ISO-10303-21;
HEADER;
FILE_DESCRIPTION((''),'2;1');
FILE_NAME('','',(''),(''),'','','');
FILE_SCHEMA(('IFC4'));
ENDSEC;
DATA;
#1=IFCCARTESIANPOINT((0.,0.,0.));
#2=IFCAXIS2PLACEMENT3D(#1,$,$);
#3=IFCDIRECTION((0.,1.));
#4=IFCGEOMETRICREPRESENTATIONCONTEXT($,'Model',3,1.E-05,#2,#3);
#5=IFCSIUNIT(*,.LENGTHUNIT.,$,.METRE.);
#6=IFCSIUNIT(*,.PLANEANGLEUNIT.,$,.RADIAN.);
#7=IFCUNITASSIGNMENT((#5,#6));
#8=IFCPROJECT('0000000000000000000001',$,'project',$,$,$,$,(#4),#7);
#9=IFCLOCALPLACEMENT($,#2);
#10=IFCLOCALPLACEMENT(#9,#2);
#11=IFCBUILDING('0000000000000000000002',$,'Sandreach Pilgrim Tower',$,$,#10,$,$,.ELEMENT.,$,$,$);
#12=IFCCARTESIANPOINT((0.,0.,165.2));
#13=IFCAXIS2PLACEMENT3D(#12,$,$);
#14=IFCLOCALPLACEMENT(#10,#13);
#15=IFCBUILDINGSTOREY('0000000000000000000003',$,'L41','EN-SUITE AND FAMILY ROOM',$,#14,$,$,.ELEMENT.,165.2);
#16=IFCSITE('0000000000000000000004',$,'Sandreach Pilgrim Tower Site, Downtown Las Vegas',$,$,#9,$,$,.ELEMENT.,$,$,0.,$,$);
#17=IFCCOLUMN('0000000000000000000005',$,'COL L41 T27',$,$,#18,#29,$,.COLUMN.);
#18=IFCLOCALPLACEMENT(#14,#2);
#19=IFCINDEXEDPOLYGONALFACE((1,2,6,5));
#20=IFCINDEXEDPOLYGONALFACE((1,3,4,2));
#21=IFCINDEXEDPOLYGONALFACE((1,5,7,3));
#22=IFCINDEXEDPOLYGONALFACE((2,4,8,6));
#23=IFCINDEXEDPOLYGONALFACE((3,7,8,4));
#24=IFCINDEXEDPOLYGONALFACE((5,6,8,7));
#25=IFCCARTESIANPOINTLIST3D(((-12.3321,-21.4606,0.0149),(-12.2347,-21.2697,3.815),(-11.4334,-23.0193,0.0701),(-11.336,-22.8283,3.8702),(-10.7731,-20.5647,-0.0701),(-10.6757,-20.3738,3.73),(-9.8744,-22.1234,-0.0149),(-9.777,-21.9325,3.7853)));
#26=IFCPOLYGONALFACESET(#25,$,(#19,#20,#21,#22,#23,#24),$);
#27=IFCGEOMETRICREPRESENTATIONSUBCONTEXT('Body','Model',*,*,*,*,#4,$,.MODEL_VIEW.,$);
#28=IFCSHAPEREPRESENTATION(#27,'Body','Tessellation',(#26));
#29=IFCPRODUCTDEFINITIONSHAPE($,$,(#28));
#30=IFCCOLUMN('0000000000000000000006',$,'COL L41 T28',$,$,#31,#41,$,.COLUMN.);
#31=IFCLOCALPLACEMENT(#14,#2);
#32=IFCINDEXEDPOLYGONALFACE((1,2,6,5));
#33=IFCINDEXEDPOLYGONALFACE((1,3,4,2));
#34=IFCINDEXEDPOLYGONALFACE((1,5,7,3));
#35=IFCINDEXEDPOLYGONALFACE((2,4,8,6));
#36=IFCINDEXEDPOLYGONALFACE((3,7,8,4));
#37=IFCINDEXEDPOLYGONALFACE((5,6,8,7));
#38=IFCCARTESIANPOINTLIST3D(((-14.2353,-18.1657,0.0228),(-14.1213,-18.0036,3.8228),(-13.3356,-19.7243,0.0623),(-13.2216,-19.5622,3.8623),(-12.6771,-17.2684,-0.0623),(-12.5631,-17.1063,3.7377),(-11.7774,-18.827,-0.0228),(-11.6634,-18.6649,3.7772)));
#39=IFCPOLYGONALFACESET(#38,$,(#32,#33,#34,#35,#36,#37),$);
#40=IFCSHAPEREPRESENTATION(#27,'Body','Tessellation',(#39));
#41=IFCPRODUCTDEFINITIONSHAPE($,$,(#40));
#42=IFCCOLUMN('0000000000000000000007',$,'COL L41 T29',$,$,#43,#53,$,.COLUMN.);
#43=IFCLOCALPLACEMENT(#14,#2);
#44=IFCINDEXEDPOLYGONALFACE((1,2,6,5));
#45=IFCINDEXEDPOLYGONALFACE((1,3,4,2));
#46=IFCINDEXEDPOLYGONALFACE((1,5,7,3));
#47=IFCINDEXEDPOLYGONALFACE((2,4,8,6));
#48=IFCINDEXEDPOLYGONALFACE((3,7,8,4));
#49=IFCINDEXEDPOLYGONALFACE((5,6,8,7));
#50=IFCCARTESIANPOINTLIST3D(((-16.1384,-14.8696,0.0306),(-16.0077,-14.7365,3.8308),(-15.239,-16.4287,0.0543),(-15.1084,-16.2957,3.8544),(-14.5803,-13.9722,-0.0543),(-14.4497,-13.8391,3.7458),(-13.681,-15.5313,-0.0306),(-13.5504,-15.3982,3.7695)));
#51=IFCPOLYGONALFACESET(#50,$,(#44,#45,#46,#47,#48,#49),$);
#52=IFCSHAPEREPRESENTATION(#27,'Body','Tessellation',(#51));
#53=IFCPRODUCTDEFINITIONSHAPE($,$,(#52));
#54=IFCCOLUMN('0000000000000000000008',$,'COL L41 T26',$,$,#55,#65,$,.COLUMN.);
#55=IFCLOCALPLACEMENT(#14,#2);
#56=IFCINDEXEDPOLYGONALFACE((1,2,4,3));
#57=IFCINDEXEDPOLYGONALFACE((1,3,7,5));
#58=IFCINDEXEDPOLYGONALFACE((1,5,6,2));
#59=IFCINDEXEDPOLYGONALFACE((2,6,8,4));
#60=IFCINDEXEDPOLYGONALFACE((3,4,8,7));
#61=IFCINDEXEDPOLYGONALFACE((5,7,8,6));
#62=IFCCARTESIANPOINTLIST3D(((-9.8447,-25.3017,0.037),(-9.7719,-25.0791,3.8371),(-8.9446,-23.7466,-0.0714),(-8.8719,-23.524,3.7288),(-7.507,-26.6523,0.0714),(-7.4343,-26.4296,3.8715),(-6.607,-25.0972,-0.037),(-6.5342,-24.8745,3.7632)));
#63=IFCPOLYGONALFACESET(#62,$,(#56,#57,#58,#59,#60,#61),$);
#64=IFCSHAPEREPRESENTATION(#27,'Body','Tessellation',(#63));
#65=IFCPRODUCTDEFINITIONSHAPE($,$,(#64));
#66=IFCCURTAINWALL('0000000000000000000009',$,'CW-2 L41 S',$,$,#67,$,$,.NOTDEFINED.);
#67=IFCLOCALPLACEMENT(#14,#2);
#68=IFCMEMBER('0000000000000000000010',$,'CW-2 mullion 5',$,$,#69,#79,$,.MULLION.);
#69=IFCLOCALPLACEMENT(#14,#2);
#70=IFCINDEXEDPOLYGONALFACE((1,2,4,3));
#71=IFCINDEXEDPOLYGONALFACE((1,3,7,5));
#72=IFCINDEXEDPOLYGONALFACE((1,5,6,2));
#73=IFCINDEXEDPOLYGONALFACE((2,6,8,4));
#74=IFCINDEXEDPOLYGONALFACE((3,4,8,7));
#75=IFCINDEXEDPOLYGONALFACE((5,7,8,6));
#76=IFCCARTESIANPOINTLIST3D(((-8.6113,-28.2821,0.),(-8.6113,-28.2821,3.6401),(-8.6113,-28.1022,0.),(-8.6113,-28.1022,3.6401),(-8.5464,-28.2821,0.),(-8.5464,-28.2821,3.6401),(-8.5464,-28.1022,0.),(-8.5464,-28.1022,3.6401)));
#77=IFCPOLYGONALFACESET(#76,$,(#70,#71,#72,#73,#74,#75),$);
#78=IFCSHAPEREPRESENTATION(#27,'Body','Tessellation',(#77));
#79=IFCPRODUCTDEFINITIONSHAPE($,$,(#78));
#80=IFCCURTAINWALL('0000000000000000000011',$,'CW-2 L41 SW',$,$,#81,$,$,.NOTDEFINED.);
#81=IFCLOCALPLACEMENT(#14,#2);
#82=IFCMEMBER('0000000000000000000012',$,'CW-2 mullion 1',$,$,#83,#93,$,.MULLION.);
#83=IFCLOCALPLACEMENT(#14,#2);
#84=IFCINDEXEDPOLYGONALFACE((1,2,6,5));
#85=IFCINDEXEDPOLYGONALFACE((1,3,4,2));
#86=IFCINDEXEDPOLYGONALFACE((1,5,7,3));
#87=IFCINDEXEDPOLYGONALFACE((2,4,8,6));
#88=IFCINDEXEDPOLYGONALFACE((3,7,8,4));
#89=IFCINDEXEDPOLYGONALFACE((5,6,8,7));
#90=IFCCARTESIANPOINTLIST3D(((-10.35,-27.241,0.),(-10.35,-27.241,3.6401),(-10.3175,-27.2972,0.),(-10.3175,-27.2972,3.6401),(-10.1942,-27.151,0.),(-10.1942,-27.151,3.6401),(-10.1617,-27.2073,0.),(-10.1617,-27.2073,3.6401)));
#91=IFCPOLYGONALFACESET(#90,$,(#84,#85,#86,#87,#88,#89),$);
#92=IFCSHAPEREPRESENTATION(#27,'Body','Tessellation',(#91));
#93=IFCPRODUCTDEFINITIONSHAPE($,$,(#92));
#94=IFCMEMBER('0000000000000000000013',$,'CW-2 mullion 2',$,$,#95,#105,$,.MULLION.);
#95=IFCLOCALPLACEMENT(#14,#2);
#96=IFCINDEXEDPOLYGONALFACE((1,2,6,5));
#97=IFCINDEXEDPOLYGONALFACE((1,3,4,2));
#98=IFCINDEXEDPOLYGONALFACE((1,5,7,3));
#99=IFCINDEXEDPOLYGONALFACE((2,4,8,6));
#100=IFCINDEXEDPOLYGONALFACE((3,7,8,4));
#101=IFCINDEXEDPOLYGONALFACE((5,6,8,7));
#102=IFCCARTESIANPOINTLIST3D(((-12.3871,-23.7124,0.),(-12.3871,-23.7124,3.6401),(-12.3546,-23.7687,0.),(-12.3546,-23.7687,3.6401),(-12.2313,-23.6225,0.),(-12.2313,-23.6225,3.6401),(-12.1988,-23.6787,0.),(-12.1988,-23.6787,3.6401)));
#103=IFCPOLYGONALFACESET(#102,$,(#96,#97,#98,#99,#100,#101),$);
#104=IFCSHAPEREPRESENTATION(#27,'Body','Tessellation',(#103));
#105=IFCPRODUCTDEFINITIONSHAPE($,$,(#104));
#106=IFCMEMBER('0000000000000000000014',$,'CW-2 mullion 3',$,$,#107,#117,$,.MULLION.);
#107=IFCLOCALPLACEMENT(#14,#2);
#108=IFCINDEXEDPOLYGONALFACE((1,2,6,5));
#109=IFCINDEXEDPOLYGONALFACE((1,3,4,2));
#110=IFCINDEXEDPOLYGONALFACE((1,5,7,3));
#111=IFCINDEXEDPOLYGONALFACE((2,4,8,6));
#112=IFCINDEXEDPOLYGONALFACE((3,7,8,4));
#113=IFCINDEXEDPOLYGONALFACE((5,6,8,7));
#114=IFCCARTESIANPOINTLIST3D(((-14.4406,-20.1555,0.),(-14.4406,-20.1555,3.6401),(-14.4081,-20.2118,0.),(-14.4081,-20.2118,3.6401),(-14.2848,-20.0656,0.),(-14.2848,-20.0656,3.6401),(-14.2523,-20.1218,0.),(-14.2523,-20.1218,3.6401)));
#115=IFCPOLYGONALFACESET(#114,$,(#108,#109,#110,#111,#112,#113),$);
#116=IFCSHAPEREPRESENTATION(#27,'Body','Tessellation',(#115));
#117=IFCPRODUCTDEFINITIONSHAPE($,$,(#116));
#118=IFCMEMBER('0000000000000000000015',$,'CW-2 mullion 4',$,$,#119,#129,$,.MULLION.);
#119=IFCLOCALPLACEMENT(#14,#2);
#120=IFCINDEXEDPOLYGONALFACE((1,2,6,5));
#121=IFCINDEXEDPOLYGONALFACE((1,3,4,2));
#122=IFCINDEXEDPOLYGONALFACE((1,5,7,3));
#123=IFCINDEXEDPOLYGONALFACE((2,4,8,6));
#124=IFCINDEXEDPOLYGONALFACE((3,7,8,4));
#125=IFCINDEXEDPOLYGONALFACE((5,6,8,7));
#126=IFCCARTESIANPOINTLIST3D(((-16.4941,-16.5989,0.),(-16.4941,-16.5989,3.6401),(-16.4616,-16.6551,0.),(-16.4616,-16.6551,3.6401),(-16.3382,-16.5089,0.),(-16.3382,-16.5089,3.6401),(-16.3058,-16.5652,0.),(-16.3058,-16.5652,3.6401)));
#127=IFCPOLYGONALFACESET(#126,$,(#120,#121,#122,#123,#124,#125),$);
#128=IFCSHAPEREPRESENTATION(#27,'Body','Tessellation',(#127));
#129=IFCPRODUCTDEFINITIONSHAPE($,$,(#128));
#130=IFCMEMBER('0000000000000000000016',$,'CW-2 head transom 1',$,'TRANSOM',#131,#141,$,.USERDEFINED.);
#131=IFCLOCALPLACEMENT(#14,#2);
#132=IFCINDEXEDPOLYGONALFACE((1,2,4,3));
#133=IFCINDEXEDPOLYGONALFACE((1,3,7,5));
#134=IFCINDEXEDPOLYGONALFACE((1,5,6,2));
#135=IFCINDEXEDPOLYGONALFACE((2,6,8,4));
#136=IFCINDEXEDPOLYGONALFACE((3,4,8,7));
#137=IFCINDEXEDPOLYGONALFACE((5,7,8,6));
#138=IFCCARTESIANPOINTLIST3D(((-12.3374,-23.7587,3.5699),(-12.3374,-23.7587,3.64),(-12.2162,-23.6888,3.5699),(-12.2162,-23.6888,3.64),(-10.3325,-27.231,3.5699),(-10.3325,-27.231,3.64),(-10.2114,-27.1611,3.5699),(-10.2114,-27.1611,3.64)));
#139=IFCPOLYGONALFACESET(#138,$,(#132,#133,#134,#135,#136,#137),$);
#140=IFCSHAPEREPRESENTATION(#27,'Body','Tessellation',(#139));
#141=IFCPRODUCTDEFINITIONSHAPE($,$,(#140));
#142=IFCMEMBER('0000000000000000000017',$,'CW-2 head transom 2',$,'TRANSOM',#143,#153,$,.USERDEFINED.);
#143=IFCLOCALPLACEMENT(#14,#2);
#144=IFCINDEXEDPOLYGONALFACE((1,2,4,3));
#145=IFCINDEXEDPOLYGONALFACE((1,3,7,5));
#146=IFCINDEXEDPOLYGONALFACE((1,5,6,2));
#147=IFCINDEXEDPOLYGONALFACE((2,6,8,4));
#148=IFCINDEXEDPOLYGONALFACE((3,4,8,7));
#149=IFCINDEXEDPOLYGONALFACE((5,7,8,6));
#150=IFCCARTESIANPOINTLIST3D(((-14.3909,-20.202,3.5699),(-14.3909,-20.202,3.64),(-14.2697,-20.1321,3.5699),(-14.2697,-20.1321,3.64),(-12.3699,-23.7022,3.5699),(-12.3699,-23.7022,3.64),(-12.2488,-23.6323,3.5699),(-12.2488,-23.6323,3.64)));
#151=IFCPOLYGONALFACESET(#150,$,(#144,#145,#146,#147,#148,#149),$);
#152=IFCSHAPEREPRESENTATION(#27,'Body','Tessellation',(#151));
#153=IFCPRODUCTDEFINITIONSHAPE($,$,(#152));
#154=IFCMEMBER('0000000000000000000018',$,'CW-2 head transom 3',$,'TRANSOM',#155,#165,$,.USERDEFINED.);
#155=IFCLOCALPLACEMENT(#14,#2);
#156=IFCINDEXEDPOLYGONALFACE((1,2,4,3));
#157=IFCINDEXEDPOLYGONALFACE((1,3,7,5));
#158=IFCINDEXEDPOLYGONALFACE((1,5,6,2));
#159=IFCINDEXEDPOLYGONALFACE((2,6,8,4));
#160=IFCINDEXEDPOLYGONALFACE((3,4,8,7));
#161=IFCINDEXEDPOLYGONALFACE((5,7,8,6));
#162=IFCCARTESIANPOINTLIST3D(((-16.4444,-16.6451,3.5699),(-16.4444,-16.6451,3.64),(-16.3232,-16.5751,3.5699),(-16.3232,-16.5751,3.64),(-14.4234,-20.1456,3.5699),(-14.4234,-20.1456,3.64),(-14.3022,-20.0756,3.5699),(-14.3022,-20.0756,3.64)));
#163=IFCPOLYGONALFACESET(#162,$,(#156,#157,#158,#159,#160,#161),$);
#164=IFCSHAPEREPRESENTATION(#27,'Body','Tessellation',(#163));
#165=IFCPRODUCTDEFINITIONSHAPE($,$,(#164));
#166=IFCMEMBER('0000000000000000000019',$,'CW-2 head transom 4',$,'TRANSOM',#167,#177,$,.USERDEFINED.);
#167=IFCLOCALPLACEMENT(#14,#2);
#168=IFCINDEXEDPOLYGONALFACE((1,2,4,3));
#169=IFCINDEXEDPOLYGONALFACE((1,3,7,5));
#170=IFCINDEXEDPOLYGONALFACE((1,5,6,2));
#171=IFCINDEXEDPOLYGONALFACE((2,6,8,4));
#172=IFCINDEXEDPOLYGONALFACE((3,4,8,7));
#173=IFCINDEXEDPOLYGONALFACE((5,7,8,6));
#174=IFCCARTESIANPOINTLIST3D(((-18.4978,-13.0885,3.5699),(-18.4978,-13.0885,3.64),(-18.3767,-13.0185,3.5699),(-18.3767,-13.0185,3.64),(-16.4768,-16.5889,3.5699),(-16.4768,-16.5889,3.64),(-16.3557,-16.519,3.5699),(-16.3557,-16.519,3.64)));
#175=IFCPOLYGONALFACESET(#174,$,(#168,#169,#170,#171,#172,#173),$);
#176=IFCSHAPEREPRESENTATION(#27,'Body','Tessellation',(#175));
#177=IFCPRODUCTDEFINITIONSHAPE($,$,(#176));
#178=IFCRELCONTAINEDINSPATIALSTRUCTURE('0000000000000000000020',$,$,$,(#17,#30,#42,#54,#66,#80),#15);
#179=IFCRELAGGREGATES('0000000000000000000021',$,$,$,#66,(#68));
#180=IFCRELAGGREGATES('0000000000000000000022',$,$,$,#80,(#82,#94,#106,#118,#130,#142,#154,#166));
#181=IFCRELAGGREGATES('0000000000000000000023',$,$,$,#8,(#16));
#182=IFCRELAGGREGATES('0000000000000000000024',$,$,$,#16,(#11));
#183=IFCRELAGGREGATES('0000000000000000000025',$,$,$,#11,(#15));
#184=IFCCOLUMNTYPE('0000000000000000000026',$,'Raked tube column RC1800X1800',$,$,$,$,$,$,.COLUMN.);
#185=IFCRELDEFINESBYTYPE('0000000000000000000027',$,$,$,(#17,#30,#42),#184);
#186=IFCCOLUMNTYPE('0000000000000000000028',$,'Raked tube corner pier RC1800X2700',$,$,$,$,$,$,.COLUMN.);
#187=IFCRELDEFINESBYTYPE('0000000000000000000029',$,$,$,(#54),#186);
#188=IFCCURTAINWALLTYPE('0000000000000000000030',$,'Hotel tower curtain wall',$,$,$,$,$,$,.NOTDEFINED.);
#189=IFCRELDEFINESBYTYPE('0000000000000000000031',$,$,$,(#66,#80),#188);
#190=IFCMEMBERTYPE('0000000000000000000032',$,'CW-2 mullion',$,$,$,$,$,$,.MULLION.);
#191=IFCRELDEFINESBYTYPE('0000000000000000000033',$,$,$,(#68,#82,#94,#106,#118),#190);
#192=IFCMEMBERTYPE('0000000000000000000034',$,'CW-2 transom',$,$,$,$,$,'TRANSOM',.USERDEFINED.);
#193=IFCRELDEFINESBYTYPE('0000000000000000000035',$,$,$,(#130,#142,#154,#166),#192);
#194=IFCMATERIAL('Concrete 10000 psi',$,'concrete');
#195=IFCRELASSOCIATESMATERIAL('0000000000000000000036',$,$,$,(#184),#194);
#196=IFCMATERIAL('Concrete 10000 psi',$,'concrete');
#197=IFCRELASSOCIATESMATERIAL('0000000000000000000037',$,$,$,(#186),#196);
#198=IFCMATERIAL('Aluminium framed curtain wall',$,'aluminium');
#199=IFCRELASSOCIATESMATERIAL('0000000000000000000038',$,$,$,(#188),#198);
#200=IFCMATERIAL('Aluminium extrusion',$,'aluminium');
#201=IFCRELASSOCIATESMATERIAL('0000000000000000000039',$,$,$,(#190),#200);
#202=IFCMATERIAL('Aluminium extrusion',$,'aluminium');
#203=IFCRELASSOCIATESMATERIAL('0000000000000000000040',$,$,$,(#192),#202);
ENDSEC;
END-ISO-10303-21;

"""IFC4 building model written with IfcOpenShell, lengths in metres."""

from ifc_helpers import new_model, si_unit, direction, frame, origin, origin_2d, place, context, subcontext, project, spatial, rectangle, extrude, material, material_profile, profile_set, type_object, element, aggregate, save


model = new_model("IFC4")

# Units and contexts
model_context = context("Model", 3, precision=1e-05, world=origin(), true_north=direction((0.0, 1.0)))
body_context = subcontext(model_context, "Body", "Model", "MODEL_VIEW")
ifc_project = project(units=[si_unit("LENGTHUNIT", "METRE"), si_unit("PLANEANGLEUNIT", "RADIAN")], contexts=[model_context])

# Site, building, storey
site_placement = place(None, origin())
site = spatial("IfcSite", under=ifc_project, at=site_placement, Name="Sandreach Pilgrim Tower Site, Downtown Las Vegas", CompositionType="ELEMENT", RefElevation=0.0)
building_placement = place(site_placement, origin())
building = spatial("IfcBuilding", under=site, at=building_placement, Name="Sandreach Pilgrim Tower", CompositionType="ELEMENT")
storey_placement = place(building_placement, frame((0.0, 0.0, 165.2)))
storey = spatial("IfcBuildingStorey", under=building, at=storey_placement, Name="L41", Description="EN-SUITE AND FAMILY ROOM", CompositionType="ELEMENT", Elevation=165.2)

# Columns
ifc_material_1 = material(Name="Concrete 10000 psi", Category="concrete")
ifc_material_profile_1 = material_profile(ifc_material_1, rectangle(XDim=1.8, YDim=1.8, at=origin_2d()), Name="RC1800X1800")
ifc_profile_set_1 = profile_set([ifc_material_profile_1], Name="Concrete 10000 psi")
column_type_1 = type_object("IfcColumnType", Name="Raked tube column RC1800X1800", PredefinedType="COLUMN", material=ifc_profile_set_1)
column_1_placement = place(storey_placement, frame((-11.1033, -21.792, 0.0), z_axis=(0.025594, 0.050161, 0.998413), x_axis=(-0.86607, -0.497689, 0.047206)))
element("IfcColumn", 1, at=column_1_placement, inside=storey, type_object=column_type_1, Name="COL L41 T27", PredefinedType="COLUMN", context=body_context, shape_type="SweptSolid", body=[
    extrude(rectangle(XDim=1.8, YDim=1.8, at=origin_2d()), origin(), (0.0, 0.0, 1.0), 3.8062),
])
column_2_placement = place(storey_placement, frame((-13.0063, -18.4963, 0.0), z_axis=(0.029962, 0.042602, 0.998643), x_axis=(-0.865618, -0.498472, 0.047236)))
element("IfcColumn", 2, at=column_2_placement, inside=storey, type_object=column_type_1, Name="COL L41 T28", PredefinedType="COLUMN", context=body_context, shape_type="SweptSolid", body=[
    extrude(rectangle(XDim=1.8, YDim=1.8, at=origin_2d()), origin(), (0.0, 0.0, 1.0), 3.8052),
])
column_3_placement = place(storey_placement, frame((-14.9097, -15.2004, 0.0), z_axis=(0.034331, 0.034972, 0.998798), x_axis=(-0.865569, -0.49856, 0.047208)))
element("IfcColumn", 3, at=column_3_placement, inside=storey, type_object=column_type_1, Name="COL L41 T29", PredefinedType="COLUMN", context=body_context, shape_type="SweptSolid", body=[
    extrude(rectangle(XDim=1.8, YDim=1.8, at=origin_2d()), origin(), (0.0, 0.0, 1.0), 3.8047),
])
ifc_material_2 = material(Name="Concrete 10000 psi", Category="concrete")
ifc_material_profile_2 = material_profile(ifc_material_2, rectangle(XDim=1.8, YDim=2.7, at=origin_2d()), Name="RC1800X2700")
ifc_profile_set_2 = profile_set([ifc_material_profile_2], Name="Concrete 10000 psi")
column_type_2 = type_object("IfcColumnType", Name="Raked tube corner pier RC1800X2700", PredefinedType="COLUMN", material=ifc_profile_set_2)
column_4_placement = place(storey_placement, frame((-8.2258, -25.1995, 0.0), z_axis=(0.019109, 0.058482, 0.998106), x_axis=(-0.500013, -0.863924, 0.060193)))
element("IfcColumn", 4, at=column_4_placement, inside=storey, type_object=column_type_2, Name="COL L41 T26", PredefinedType="COLUMN", context=body_context, shape_type="SweptSolid", body=[
    extrude(rectangle(XDim=1.8, YDim=2.7, at=origin_2d()), origin(), (0.0, 0.0, 1.0), 3.8074),
])

# Curtain wall, member
ifc_material_3 = material(Name="Aluminium framed curtain wall", Category="aluminium")
curtain_wall_type = type_object("IfcCurtainWallType", Name="Hotel tower curtain wall", PredefinedType="NOTDEFINED", material=ifc_material_3)
curtain_wall_1_placement = place(storey_placement, origin())
curtain_wall_1 = element("IfcCurtainWall", 5, at=curtain_wall_1_placement, inside=storey, type_object=curtain_wall_type, Name="CW-2 L41 S", PredefinedType="NOTDEFINED")
ifc_material_4 = material(Name="Aluminium extrusion", Category="aluminium")
ifc_material_profile_3 = material_profile(ifc_material_4, rectangle(XDim=0.0649, YDim=0.1799, at=origin_2d()), Name="CW-2M 65X180")
ifc_profile_set_3 = profile_set([ifc_material_profile_3], Name="Aluminium extrusion")
member_type_1 = type_object("IfcMemberType", Name="CW-2 mullion", PredefinedType="MULLION", material=ifc_profile_set_3)
member_1_placement = place(storey_placement, frame((-8.5789, -28.1921, 0.0), z_axis=(0.0, 0.0, 1.0), x_axis=(-1.0, 0.0, 0.0)))
member_1 = element("IfcMember", 6, at=member_1_placement, type_object=member_type_1, Name="CW-2 mullion 5", PredefinedType="MULLION", context=body_context, shape_type="SweptSolid", body=[
    extrude(rectangle(XDim=0.0649, YDim=0.1799, at=origin_2d()), origin(), (0.0, 0.0, 1.0), 3.6401),
])
aggregate(curtain_wall_1, [member_1])

# Curtain wall, members
curtain_wall_2_placement = place(storey_placement, origin())
curtain_wall_2 = element("IfcCurtainWall", 7, at=curtain_wall_2_placement, inside=storey, type_object=curtain_wall_type, Name="CW-2 L41 SW", PredefinedType="NOTDEFINED")
member_2_placement = place(storey_placement, frame((-10.2559, -27.2241, 0.0), z_axis=(0.0, 0.0, 1.0), x_axis=(-0.5, 0.866025, 0.0)))
member_2 = element("IfcMember", 8, at=member_2_placement, type_object=member_type_1, Name="CW-2 mullion 1", PredefinedType="MULLION", context=body_context, shape_type="SweptSolid", body=[
    extrude(rectangle(XDim=0.0649, YDim=0.1799, at=origin_2d()), origin(), (0.0, 0.0, 1.0), 3.6401),
])
member_3_placement = place(storey_placement, frame((-12.293, -23.6956, 0.0), z_axis=(0.0, 0.0, 1.0), x_axis=(-0.5, 0.866025, 0.0)))
member_3 = element("IfcMember", 9, at=member_3_placement, type_object=member_type_1, Name="CW-2 mullion 2", PredefinedType="MULLION", context=body_context, shape_type="SweptSolid", body=[
    extrude(rectangle(XDim=0.0649, YDim=0.1799, at=origin_2d()), origin(), (0.0, 0.0, 1.0), 3.6401),
])
member_4_placement = place(storey_placement, frame((-14.3464, -20.1387, 0.0), z_axis=(0.0, 0.0, 1.0), x_axis=(-0.5, 0.866025, 0.0)))
member_4 = element("IfcMember", 10, at=member_4_placement, type_object=member_type_1, Name="CW-2 mullion 3", PredefinedType="MULLION", context=body_context, shape_type="SweptSolid", body=[
    extrude(rectangle(XDim=0.0649, YDim=0.1799, at=origin_2d()), origin(), (0.0, 0.0, 1.0), 3.6401),
])
member_5_placement = place(storey_placement, frame((-16.3999, -16.582, 0.0), z_axis=(0.0, 0.0, 1.0), x_axis=(-0.5, 0.866025, 0.0)))
member_5 = element("IfcMember", 11, at=member_5_placement, type_object=member_type_1, Name="CW-2 mullion 4", PredefinedType="MULLION", context=body_context, shape_type="SweptSolid", body=[
    extrude(rectangle(XDim=0.0649, YDim=0.1799, at=origin_2d()), origin(), (0.0, 0.0, 1.0), 3.6401),
])
ifc_material_5 = material(Name="Aluminium extrusion", Category="aluminium")
ifc_material_profile_4 = material_profile(ifc_material_5, rectangle(XDim=0.1399, YDim=0.0701, at=origin_2d()), Name="CW-2T 140X70")
ifc_profile_set_4 = profile_set([ifc_material_profile_4], Name="Aluminium extrusion")
member_type_2 = type_object("IfcMemberType", Name="CW-2 transom", ElementType="TRANSOM", PredefinedType="USERDEFINED", material=ifc_profile_set_4)
member_6_placement = place(storey_placement, frame((-10.272, -27.196, 3.605), z_axis=(-0.500016, 0.866016, 0.0), x_axis=(-0.866016, -0.500016, 0.0)))
member_6 = element("IfcMember", 12, at=member_6_placement, type_object=member_type_2, Name="CW-2 head transom 1", ObjectType="TRANSOM", PredefinedType="USERDEFINED", context=body_context, shape_type="SweptSolid", body=[
    extrude(rectangle(XDim=0.1399, YDim=0.0701, at=origin_2d()), origin(), (0.0, 0.0, 1.0), 4.0095),
])
member_7_placement = place(storey_placement, frame((-12.3093, -23.6672, 3.605), z_axis=(-0.500024, 0.866012, 0.0), x_axis=(-0.866012, -0.500024, 0.0)))
member_7 = element("IfcMember", 13, at=member_7_placement, type_object=member_type_2, Name="CW-2 head transom 2", ObjectType="TRANSOM", PredefinedType="USERDEFINED", context=body_context, shape_type="SweptSolid", body=[
    extrude(rectangle(XDim=0.1399, YDim=0.0701, at=origin_2d()), origin(), (0.0, 0.0, 1.0), 4.0417),
])
member_8_placement = place(storey_placement, frame((-14.3628, -20.1106, 3.605), z_axis=(-0.499998, 0.866027, 0.0), x_axis=(-0.866027, -0.499998, 0.0)))
member_8 = element("IfcMember", 14, at=member_8_placement, type_object=member_type_2, Name="CW-2 head transom 3", ObjectType="TRANSOM", PredefinedType="USERDEFINED", context=body_context, shape_type="SweptSolid", body=[
    extrude(rectangle(XDim=0.1399, YDim=0.0701, at=origin_2d()), origin(), (0.0, 0.0, 1.0), 4.042),
])
member_9_placement = place(storey_placement, frame((-16.4163, -16.554, 3.605), z_axis=(-0.499998, 0.866027, 0.0), x_axis=(-0.866027, -0.499998, 0.0)))
member_9 = element("IfcMember", 15, at=member_9_placement, type_object=member_type_2, Name="CW-2 head transom 4", ObjectType="TRANSOM", PredefinedType="USERDEFINED", context=body_context, shape_type="SweptSolid", body=[
    extrude(rectangle(XDim=0.1399, YDim=0.0701, at=origin_2d()), origin(), (0.0, 0.0, 1.0), 4.042),
])

aggregate(curtain_wall_2, [member_2, member_3, member_4, member_5, member_6, member_7, member_8, member_9])

save(model, "model.ifc")
